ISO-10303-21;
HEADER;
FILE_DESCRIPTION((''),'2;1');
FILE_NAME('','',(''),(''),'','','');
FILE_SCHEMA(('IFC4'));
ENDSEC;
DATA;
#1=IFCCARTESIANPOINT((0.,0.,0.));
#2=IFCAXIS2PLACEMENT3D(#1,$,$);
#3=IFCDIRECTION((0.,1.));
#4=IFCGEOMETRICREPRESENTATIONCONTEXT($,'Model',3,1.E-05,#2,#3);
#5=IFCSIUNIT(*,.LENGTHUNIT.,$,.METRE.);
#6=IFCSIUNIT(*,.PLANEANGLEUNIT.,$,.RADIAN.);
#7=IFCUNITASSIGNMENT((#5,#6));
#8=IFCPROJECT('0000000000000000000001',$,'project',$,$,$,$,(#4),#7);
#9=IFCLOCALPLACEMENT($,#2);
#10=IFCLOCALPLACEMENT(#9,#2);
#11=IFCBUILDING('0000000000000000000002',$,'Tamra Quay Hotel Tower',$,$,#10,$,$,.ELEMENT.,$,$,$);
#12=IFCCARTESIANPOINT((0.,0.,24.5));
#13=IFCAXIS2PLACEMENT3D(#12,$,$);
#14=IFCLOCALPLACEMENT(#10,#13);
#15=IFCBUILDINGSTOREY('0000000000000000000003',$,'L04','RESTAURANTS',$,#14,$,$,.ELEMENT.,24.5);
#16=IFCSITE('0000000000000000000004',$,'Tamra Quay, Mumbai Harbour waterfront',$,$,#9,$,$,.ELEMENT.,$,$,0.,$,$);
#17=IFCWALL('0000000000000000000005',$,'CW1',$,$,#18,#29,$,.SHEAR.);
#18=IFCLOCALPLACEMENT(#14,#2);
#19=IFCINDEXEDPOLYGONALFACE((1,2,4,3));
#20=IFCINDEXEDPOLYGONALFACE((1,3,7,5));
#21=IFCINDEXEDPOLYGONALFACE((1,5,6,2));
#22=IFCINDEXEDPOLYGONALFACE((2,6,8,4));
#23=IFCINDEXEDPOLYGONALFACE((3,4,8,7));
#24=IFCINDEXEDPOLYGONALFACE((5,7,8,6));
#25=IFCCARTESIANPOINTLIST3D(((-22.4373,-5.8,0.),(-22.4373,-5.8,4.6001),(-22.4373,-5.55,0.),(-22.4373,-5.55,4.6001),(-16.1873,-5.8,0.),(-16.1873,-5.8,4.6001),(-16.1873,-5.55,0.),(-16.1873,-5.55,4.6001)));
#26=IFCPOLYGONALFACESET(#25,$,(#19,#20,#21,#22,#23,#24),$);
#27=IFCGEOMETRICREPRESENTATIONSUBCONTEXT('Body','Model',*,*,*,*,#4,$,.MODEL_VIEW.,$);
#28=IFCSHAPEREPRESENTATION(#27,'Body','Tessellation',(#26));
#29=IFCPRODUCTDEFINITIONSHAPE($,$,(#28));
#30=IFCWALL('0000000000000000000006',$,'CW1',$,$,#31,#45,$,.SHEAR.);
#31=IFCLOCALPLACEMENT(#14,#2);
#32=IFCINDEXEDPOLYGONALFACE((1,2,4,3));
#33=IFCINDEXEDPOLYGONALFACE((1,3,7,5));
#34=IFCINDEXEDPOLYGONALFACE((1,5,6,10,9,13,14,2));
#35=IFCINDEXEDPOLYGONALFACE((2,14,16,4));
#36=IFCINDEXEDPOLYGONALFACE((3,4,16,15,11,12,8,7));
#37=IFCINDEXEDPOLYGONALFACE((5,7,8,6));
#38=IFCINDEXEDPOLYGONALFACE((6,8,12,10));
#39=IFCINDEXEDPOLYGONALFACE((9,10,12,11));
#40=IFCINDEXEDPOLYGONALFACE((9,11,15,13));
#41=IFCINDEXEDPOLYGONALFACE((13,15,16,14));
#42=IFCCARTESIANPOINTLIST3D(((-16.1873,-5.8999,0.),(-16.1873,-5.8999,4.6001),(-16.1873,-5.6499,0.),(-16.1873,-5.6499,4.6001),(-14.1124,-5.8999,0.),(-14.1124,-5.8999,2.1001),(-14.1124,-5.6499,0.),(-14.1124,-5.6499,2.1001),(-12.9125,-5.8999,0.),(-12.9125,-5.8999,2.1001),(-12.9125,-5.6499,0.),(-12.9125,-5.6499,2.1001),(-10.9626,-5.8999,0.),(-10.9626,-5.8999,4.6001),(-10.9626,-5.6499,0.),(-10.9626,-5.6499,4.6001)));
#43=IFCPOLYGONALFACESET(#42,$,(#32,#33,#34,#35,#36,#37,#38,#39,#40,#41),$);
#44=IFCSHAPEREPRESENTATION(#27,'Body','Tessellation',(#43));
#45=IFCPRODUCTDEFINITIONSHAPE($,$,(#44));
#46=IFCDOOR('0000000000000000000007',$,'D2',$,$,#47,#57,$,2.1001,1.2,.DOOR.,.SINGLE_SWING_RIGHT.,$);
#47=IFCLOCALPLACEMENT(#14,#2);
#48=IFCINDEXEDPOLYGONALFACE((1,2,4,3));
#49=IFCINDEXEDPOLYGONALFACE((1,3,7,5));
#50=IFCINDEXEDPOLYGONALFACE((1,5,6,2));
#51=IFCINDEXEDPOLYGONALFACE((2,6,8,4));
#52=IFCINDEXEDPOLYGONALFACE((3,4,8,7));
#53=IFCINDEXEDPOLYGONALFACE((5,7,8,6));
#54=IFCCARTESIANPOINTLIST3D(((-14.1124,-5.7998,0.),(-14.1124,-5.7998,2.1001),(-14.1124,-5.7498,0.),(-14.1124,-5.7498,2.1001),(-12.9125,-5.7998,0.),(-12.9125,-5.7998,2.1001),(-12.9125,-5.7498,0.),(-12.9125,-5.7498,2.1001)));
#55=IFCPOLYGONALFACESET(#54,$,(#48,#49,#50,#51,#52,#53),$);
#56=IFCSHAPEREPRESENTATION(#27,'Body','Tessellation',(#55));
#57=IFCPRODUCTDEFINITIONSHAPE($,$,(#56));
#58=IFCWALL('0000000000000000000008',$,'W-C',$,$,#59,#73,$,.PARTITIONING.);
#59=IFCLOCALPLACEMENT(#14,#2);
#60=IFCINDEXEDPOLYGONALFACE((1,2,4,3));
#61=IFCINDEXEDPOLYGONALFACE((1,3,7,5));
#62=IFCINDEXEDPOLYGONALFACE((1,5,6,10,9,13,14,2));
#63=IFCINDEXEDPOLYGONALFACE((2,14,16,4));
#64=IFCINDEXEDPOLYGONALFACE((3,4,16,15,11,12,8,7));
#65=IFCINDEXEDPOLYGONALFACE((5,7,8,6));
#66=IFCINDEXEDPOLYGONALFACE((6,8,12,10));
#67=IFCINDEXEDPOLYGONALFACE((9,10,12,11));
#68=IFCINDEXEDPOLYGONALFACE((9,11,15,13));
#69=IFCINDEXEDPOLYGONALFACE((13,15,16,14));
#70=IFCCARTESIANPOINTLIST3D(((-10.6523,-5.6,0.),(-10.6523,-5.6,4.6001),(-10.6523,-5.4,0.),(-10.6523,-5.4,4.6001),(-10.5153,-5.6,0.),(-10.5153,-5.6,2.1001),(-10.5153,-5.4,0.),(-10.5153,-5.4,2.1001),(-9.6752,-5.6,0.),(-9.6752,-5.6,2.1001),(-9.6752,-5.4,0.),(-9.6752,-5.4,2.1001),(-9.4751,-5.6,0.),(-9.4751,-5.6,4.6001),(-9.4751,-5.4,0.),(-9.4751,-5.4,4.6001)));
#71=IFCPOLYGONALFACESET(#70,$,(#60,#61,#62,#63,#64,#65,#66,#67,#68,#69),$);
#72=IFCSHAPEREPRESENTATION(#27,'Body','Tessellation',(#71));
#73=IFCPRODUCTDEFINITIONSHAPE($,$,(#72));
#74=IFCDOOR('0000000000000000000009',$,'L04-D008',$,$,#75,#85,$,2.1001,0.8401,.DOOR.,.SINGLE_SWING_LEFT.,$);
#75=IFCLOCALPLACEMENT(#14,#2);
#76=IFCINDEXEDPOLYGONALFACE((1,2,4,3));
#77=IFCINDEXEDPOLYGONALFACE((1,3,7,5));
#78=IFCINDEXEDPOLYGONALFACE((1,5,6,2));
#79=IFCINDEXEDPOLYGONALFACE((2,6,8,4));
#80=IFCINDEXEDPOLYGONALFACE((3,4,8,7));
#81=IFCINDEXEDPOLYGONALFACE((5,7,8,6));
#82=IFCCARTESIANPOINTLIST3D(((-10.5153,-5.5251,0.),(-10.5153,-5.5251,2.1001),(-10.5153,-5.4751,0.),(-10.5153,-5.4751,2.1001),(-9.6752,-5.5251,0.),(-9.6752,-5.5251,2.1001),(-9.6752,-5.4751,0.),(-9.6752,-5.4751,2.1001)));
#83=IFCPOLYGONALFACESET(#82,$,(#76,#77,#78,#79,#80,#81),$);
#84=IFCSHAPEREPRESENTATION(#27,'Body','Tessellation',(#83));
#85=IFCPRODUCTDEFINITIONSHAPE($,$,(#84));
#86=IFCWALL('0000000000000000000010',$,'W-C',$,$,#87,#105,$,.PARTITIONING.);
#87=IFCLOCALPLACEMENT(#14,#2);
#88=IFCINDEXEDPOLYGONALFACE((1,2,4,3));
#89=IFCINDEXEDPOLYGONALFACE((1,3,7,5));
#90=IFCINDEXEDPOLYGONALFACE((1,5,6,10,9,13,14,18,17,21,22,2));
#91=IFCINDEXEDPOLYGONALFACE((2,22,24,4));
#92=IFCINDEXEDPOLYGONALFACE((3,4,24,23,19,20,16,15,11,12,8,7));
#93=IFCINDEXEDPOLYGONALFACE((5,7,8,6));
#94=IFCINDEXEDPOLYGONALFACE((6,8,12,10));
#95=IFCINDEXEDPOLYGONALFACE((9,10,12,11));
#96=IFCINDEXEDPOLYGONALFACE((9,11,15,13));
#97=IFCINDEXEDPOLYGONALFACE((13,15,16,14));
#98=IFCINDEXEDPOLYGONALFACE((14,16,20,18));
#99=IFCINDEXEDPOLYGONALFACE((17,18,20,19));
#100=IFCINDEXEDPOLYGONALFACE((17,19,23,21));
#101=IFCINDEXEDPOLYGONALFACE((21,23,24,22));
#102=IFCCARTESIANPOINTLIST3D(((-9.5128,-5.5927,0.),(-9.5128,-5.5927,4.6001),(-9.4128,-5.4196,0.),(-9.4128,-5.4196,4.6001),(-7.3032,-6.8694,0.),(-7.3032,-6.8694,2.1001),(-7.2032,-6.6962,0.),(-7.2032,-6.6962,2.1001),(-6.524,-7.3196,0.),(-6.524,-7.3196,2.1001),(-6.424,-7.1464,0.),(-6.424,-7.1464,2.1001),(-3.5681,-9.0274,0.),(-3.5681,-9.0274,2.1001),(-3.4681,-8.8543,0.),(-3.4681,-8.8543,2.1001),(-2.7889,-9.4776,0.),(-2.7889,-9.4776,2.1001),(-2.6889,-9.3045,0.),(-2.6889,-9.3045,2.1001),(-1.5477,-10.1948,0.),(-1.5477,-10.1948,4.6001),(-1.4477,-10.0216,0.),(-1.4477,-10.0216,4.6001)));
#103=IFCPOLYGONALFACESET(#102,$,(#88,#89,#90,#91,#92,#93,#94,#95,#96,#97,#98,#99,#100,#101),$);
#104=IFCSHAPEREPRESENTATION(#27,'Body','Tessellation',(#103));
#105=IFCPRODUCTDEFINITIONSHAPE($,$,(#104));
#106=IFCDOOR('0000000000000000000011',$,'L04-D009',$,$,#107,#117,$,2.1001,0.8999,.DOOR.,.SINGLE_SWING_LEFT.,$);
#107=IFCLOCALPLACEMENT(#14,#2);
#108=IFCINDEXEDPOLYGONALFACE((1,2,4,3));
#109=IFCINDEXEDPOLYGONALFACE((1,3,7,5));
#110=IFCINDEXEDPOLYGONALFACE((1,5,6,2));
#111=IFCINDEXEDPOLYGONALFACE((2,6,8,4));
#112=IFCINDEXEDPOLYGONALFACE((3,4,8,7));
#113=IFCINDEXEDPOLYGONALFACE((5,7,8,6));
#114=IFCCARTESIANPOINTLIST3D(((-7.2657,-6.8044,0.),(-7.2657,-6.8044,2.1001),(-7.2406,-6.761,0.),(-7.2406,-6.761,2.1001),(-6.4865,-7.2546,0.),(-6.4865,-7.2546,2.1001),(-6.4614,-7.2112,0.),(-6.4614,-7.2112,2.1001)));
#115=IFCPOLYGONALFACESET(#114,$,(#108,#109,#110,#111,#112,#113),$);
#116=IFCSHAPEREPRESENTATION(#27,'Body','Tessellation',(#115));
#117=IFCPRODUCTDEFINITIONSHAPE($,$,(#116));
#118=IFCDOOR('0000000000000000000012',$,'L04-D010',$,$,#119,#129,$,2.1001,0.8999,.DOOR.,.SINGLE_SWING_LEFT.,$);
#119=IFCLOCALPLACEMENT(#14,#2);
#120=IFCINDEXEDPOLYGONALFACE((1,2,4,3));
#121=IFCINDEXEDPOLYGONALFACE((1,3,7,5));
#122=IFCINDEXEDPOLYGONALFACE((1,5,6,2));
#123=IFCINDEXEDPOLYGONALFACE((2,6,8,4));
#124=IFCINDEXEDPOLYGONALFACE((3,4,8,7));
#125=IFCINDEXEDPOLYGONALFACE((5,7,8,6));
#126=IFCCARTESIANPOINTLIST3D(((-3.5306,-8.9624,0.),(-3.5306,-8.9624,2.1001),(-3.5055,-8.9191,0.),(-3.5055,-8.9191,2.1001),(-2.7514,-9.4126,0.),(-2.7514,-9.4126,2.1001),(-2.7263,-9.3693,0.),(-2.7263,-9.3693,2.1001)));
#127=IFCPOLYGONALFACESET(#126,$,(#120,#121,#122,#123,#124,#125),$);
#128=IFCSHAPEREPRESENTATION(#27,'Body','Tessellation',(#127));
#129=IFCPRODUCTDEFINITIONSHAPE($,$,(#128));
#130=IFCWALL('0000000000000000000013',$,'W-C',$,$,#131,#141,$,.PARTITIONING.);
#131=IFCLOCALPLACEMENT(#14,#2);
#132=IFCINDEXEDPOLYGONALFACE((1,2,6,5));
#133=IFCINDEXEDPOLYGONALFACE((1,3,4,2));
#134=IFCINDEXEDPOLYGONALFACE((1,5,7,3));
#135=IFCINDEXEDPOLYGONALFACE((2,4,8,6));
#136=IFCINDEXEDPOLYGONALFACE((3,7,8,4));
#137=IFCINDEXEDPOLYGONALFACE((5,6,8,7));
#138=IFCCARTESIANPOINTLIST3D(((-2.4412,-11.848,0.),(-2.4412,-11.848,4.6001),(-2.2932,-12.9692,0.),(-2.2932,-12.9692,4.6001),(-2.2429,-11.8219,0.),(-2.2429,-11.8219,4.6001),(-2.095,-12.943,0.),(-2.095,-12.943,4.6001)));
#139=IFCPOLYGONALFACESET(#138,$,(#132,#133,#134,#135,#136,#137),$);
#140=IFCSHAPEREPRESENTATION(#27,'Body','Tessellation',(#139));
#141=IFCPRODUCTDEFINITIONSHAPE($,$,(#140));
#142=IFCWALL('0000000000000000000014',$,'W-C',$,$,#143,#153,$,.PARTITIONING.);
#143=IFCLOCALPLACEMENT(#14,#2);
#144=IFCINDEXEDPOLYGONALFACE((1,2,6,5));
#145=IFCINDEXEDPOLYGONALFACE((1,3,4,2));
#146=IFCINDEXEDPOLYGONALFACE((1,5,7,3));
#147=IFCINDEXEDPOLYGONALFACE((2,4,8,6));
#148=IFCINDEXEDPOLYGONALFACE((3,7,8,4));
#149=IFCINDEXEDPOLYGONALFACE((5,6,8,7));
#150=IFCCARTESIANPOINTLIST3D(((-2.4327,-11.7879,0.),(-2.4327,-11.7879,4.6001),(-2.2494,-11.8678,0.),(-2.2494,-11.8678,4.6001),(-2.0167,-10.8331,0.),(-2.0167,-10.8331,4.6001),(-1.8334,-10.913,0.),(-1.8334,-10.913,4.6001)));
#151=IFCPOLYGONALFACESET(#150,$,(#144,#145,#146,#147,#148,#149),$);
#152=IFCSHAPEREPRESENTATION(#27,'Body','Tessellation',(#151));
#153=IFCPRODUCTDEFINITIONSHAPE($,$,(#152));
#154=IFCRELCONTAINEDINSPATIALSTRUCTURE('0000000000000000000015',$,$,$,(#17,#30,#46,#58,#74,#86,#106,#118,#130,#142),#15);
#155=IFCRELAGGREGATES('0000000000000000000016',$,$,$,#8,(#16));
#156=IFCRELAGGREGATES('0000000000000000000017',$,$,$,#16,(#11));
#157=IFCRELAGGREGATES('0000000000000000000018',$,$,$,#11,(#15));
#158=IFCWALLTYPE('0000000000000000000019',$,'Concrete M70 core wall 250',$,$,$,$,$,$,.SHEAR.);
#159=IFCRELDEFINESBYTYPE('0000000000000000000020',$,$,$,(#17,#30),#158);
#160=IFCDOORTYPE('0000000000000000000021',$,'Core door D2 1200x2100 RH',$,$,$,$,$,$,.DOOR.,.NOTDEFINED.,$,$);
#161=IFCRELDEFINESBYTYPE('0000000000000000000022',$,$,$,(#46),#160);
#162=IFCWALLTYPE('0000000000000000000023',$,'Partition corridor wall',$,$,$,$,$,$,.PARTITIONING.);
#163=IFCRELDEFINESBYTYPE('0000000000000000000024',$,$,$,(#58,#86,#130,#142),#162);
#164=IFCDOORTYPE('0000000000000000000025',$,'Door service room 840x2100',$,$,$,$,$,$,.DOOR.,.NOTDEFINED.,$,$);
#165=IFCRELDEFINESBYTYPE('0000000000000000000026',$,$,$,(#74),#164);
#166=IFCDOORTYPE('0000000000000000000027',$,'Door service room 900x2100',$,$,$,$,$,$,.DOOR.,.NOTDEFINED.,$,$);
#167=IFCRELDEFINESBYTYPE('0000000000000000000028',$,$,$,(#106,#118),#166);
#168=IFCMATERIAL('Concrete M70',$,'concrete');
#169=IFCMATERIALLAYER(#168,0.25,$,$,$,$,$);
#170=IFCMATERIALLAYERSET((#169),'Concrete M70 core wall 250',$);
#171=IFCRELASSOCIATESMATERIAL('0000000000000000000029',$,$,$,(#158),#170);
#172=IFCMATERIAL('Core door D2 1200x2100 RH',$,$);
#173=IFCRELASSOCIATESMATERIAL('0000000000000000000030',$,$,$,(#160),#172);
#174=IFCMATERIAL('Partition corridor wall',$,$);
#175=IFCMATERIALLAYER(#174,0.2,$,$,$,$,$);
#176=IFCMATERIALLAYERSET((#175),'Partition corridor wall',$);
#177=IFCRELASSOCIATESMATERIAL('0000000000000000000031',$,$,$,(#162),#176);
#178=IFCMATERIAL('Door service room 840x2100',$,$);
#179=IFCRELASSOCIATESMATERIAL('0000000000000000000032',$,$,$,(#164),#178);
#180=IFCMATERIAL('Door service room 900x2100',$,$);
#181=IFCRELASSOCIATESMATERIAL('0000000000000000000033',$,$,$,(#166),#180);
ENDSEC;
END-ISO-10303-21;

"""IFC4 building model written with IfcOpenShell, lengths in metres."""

from ifc_helpers import new_model, si_unit, direction, frame, frame_2d, origin, place, context, subcontext, project, spatial, rectangle, extrude, material, layer, layer_set, type_object, element, fill, save


model = new_model("IFC4")

# Units and contexts
model_context = context("Model", 3, precision=1e-05, world=origin(), true_north=direction((0.0, 1.0)))
body_context = subcontext(model_context, "Body", "Model", "MODEL_VIEW")
ifc_project = project(units=[si_unit("LENGTHUNIT", "METRE"), si_unit("PLANEANGLEUNIT", "RADIAN")], contexts=[model_context])

# Site, building, storey
site_placement = place(None, origin())
site = spatial("IfcSite", under=ifc_project, at=site_placement, Name="Tamra Quay, Mumbai Harbour waterfront", CompositionType="ELEMENT", RefElevation=0.0)
building_placement = place(site_placement, origin())
building = spatial("IfcBuilding", under=site, at=building_placement, Name="Tamra Quay Hotel Tower", CompositionType="ELEMENT")
storey_placement = place(building_placement, frame((0.0, 0.0, 24.5)))
storey = spatial("IfcBuildingStorey", under=building, at=storey_placement, Name="L04", Description="RESTAURANTS", CompositionType="ELEMENT", Elevation=24.5)

# Shared definitions
ifc_material_1 = material(Name="Concrete M70", Category="concrete")

# Wall
ifc_layer_1 = layer(ifc_material_1, 0.25)
ifc_layer_set_1 = layer_set([ifc_layer_1], Name="Concrete M70 core wall 250")
wall_type_1 = type_object("IfcWallType", Name="Concrete M70 core wall 250", PredefinedType="SHEAR", material=ifc_layer_set_1)
wall_1_placement = place(storey_placement, frame((-16.1873, -5.675, 0.0), z_axis=(0.0, 0.0, 1.0), x_axis=(-1.0, 0.0, 0.0)))
element("IfcWall", 1, at=wall_1_placement, inside=storey, type_object=wall_type_1, Name="CW1", PredefinedType="SHEAR", context=body_context, shape_type="SweptSolid", body=[
    extrude(rectangle(XDim=6.25, YDim=0.25, at=frame_2d((3.125, 0.0))), origin(), (0.0, 0.0, 1.0), 4.6001),
])

# Walls, openings, doors
wall_2_placement = place(storey_placement, frame((-10.9626, -5.7749, 0.0), z_axis=(0.0, 0.0, 1.0), x_axis=(-1.0, 0.0, 0.0)))
wall_2 = element("IfcWall", 2, at=wall_2_placement, inside=storey, type_object=wall_type_1, Name="CW1", PredefinedType="SHEAR", context=body_context, shape_type="SweptSolid", body=[
    extrude(rectangle(XDim=5.2246, YDim=0.25, at=frame_2d((2.6123, 0.0))), origin(), (0.0, 0.0, 1.0), 4.6001),
])
opening_1_placement = place(wall_2_placement, frame((1.9497, 0.0, 0.0)))
opening_1 = element("IfcOpeningElement", 3, at=opening_1_placement, cuts=wall_2, PredefinedType="OPENING", context=body_context, shape_type="SweptSolid", body=[
    extrude(rectangle(XDim=1.2, YDim=2.1001, at=frame_2d((0.6001, 1.05))), frame((0.0, 0.135, 0.0), z_axis=(0.0, -1.0, 0.0), x_axis=(1.0, 0.0, 0.0)), (0.0, 0.0, 1.0), 0.27),
])
ifc_material_2 = material(Name="Core door D2 1200x2100 RH")
door_type_1 = type_object("IfcDoorType", Name="Core door D2 1200x2100 RH", OperationType="NOTDEFINED", PredefinedType="DOOR", material=ifc_material_2)
door_1_placement = place(opening_1_placement, origin())
door_1 = element("IfcDoor", 4, at=door_1_placement, inside=storey, type_object=door_type_1, Name="D2", OperationType="SINGLE_SWING_RIGHT", OverallHeight=2.1001, OverallWidth=1.2, PredefinedType="DOOR", context=body_context, shape_type="SweptSolid", body=[
    extrude(rectangle(XDim=1.2, YDim=2.1001, at=frame_2d((0.6001, 1.05))), frame((0.0, 0.0249, 0.0), z_axis=(0.0, -1.0, 0.0), x_axis=(1.0, 0.0, 0.0)), (0.0, 0.0, 1.0), 0.05),
])
fill(opening_1, door_1)
ifc_material_3 = material(Name="Partition corridor wall")
ifc_layer_2 = layer(ifc_material_3, 0.2)
ifc_layer_set_2 = layer_set([ifc_layer_2], Name="Partition corridor wall")
wall_type_2 = type_object("IfcWallType", Name="Partition corridor wall", PredefinedType="PARTITIONING", material=ifc_layer_set_2)
wall_3_placement = place(storey_placement, frame((-10.6523, -5.5, 0.0), z_axis=(0.0, 0.0, 1.0), x_axis=(1.0, 0.0, 0.0)))
wall_3 = element("IfcWall", 5, at=wall_3_placement, inside=storey, type_object=wall_type_2, Name="W-C", PredefinedType="PARTITIONING", context=body_context, shape_type="SweptSolid", body=[
    extrude(rectangle(XDim=1.1772, YDim=0.2, at=frame_2d((0.5886, 0.0))), origin(), (0.0, 0.0, 1.0), 4.6001),
])
opening_2_placement = place(wall_3_placement, frame((0.1372, 0.0, 0.0)))
opening_2 = element("IfcOpeningElement", 6, at=opening_2_placement, cuts=wall_3, PredefinedType="OPENING", context=body_context, shape_type="SweptSolid", body=[
    extrude(rectangle(XDim=0.8401, YDim=2.1001, at=frame_2d((0.4199, 1.05))), frame((0.0, 0.1099, 0.0), z_axis=(0.0, -1.0, 0.0), x_axis=(1.0, 0.0, 0.0)), (0.0, 0.0, 1.0), 0.22),
])
ifc_material_4 = material(Name="Door service room 840x2100")
door_type_2 = type_object("IfcDoorType", Name="Door service room 840x2100", OperationType="NOTDEFINED", PredefinedType="DOOR", material=ifc_material_4)
door_2_placement = place(opening_2_placement, origin())
door_2 = element("IfcDoor", 7, at=door_2_placement, inside=storey, type_object=door_type_2, Name="L04-D008", OperationType="SINGLE_SWING_LEFT", OverallHeight=2.1001, OverallWidth=0.8401, PredefinedType="DOOR", context=body_context, shape_type="SweptSolid", body=[
    extrude(rectangle(XDim=0.8401, YDim=2.1001, at=frame_2d((0.4199, 1.05))), frame((0.0, 0.0249, 0.0), z_axis=(0.0, -1.0, 0.0), x_axis=(1.0, 0.0, 0.0)), (0.0, 0.0, 1.0), 0.05),
])
fill(opening_2, door_2)

# Wall, openings, doors
wall_4_placement = place(storey_placement, frame((-9.4629, -5.5061, 0.0), z_axis=(0.0, 0.0, 1.0), x_axis=(0.865865, -0.500278, 0.0)))
wall_4 = element("IfcWall", 8, at=wall_4_placement, inside=storey, type_object=wall_type_2, Name="W-C", PredefinedType="PARTITIONING", context=body_context, shape_type="SweptSolid", body=[
    extrude(rectangle(XDim=9.199, YDim=0.2, at=frame_2d((4.5996, 0.0))), origin(), (0.0, 0.0, 1.0), 4.6001),
])
opening_3_placement = place(wall_4_placement, frame((2.552, 0.0, 0.0)))
opening_3 = element("IfcOpeningElement", 9, at=opening_3_placement, cuts=wall_4, PredefinedType="OPENING", context=body_context, shape_type="SweptSolid", body=[
    extrude(rectangle(XDim=0.8999, YDim=2.1001, at=frame_2d((0.45, 1.05))), frame((0.0, 0.1099, 0.0), z_axis=(0.0, -1.0, 0.0), x_axis=(1.0, 0.0, 0.0)), (0.0, 0.0, 1.0), 0.22),
])
opening_4_placement = place(wall_4_placement, frame((6.8657, 0.0, 0.0)))
opening_4 = element("IfcOpeningElement", 10, at=opening_4_placement, cuts=wall_4, PredefinedType="OPENING", context=body_context, shape_type="SweptSolid", body=[
    extrude(rectangle(XDim=0.8999, YDim=2.1001, at=frame_2d((0.45, 1.05))), frame((0.0, 0.1099, 0.0), z_axis=(0.0, -1.0, 0.0), x_axis=(1.0, 0.0, 0.0)), (0.0, 0.0, 1.0), 0.22),
])
ifc_material_5 = material(Name="Door service room 900x2100")
door_type_3 = type_object("IfcDoorType", Name="Door service room 900x2100", OperationType="NOTDEFINED", PredefinedType="DOOR", material=ifc_material_5)
door_3_placement = place(opening_3_placement, frame((0.8999, 0.0, 0.0), z_axis=(0.0, 0.0, 1.0), x_axis=(-1.0, 0.0, 0.0)))
door_3 = element("IfcDoor", 11, at=door_3_placement, inside=storey, type_object=door_type_3, Name="L04-D009", OperationType="SINGLE_SWING_LEFT", OverallHeight=2.1001, OverallWidth=0.8999, PredefinedType="DOOR", context=body_context, shape_type="SweptSolid", body=[
    extrude(rectangle(XDim=0.8999, YDim=2.1001, at=frame_2d((0.45, 1.05))), frame((0.0, 0.0249, 0.0), z_axis=(0.0, -1.0, 0.0), x_axis=(1.0, 0.0, 0.0)), (0.0, 0.0, 1.0), 0.05),
])
fill(opening_3, door_3)
door_4_placement = place(opening_4_placement, frame((0.8999, 0.0, 0.0), z_axis=(0.0, 0.0, 1.0), x_axis=(-1.0, 0.0, 0.0)))
door_4 = element("IfcDoor", 12, at=door_4_placement, inside=storey, type_object=door_type_3, Name="L04-D010", OperationType="SINGLE_SWING_LEFT", OverallHeight=2.1001, OverallWidth=0.8999, PredefinedType="DOOR", context=body_context, shape_type="SweptSolid", body=[
    extrude(rectangle(XDim=0.8999, YDim=2.1001, at=frame_2d((0.45, 1.05))), frame((0.0, 0.0249, 0.0), z_axis=(0.0, -1.0, 0.0), x_axis=(1.0, 0.0, 0.0)), (0.0, 0.0, 1.0), 0.05),
])
fill(opening_4, door_4)

# Walls
wall_5_placement = place(storey_placement, frame((-2.342, -11.835, 0.0), z_axis=(0.0, 0.0, 1.0), x_axis=(0.130834, -0.991404, 0.0)))
element("IfcWall", 13, at=wall_5_placement, inside=storey, type_object=wall_type_2, Name="W-C", PredefinedType="PARTITIONING", context=body_context, shape_type="SweptSolid", body=[
    extrude(rectangle(XDim=1.1309, YDim=0.2, at=frame_2d((0.5654, 0.0))), origin(), (0.0, 0.0, 1.0), 4.6001),
])
wall_6_placement = place(storey_placement, frame((-2.3411, -11.8279, 0.0), z_axis=(0.0, 0.0, 1.0), x_axis=(0.399429, 0.916764, 0.0)))
element("IfcWall", 14, at=wall_6_placement, inside=storey, type_object=wall_type_2, Name="W-C", PredefinedType="PARTITIONING", context=body_context, shape_type="SweptSolid", body=[
    extrude(rectangle(XDim=1.0415, YDim=0.2, at=frame_2d((0.5208, 0.0))), origin(), (0.0, 0.0, 1.0), 4.6001),
])

save(model, "model.ifc")
